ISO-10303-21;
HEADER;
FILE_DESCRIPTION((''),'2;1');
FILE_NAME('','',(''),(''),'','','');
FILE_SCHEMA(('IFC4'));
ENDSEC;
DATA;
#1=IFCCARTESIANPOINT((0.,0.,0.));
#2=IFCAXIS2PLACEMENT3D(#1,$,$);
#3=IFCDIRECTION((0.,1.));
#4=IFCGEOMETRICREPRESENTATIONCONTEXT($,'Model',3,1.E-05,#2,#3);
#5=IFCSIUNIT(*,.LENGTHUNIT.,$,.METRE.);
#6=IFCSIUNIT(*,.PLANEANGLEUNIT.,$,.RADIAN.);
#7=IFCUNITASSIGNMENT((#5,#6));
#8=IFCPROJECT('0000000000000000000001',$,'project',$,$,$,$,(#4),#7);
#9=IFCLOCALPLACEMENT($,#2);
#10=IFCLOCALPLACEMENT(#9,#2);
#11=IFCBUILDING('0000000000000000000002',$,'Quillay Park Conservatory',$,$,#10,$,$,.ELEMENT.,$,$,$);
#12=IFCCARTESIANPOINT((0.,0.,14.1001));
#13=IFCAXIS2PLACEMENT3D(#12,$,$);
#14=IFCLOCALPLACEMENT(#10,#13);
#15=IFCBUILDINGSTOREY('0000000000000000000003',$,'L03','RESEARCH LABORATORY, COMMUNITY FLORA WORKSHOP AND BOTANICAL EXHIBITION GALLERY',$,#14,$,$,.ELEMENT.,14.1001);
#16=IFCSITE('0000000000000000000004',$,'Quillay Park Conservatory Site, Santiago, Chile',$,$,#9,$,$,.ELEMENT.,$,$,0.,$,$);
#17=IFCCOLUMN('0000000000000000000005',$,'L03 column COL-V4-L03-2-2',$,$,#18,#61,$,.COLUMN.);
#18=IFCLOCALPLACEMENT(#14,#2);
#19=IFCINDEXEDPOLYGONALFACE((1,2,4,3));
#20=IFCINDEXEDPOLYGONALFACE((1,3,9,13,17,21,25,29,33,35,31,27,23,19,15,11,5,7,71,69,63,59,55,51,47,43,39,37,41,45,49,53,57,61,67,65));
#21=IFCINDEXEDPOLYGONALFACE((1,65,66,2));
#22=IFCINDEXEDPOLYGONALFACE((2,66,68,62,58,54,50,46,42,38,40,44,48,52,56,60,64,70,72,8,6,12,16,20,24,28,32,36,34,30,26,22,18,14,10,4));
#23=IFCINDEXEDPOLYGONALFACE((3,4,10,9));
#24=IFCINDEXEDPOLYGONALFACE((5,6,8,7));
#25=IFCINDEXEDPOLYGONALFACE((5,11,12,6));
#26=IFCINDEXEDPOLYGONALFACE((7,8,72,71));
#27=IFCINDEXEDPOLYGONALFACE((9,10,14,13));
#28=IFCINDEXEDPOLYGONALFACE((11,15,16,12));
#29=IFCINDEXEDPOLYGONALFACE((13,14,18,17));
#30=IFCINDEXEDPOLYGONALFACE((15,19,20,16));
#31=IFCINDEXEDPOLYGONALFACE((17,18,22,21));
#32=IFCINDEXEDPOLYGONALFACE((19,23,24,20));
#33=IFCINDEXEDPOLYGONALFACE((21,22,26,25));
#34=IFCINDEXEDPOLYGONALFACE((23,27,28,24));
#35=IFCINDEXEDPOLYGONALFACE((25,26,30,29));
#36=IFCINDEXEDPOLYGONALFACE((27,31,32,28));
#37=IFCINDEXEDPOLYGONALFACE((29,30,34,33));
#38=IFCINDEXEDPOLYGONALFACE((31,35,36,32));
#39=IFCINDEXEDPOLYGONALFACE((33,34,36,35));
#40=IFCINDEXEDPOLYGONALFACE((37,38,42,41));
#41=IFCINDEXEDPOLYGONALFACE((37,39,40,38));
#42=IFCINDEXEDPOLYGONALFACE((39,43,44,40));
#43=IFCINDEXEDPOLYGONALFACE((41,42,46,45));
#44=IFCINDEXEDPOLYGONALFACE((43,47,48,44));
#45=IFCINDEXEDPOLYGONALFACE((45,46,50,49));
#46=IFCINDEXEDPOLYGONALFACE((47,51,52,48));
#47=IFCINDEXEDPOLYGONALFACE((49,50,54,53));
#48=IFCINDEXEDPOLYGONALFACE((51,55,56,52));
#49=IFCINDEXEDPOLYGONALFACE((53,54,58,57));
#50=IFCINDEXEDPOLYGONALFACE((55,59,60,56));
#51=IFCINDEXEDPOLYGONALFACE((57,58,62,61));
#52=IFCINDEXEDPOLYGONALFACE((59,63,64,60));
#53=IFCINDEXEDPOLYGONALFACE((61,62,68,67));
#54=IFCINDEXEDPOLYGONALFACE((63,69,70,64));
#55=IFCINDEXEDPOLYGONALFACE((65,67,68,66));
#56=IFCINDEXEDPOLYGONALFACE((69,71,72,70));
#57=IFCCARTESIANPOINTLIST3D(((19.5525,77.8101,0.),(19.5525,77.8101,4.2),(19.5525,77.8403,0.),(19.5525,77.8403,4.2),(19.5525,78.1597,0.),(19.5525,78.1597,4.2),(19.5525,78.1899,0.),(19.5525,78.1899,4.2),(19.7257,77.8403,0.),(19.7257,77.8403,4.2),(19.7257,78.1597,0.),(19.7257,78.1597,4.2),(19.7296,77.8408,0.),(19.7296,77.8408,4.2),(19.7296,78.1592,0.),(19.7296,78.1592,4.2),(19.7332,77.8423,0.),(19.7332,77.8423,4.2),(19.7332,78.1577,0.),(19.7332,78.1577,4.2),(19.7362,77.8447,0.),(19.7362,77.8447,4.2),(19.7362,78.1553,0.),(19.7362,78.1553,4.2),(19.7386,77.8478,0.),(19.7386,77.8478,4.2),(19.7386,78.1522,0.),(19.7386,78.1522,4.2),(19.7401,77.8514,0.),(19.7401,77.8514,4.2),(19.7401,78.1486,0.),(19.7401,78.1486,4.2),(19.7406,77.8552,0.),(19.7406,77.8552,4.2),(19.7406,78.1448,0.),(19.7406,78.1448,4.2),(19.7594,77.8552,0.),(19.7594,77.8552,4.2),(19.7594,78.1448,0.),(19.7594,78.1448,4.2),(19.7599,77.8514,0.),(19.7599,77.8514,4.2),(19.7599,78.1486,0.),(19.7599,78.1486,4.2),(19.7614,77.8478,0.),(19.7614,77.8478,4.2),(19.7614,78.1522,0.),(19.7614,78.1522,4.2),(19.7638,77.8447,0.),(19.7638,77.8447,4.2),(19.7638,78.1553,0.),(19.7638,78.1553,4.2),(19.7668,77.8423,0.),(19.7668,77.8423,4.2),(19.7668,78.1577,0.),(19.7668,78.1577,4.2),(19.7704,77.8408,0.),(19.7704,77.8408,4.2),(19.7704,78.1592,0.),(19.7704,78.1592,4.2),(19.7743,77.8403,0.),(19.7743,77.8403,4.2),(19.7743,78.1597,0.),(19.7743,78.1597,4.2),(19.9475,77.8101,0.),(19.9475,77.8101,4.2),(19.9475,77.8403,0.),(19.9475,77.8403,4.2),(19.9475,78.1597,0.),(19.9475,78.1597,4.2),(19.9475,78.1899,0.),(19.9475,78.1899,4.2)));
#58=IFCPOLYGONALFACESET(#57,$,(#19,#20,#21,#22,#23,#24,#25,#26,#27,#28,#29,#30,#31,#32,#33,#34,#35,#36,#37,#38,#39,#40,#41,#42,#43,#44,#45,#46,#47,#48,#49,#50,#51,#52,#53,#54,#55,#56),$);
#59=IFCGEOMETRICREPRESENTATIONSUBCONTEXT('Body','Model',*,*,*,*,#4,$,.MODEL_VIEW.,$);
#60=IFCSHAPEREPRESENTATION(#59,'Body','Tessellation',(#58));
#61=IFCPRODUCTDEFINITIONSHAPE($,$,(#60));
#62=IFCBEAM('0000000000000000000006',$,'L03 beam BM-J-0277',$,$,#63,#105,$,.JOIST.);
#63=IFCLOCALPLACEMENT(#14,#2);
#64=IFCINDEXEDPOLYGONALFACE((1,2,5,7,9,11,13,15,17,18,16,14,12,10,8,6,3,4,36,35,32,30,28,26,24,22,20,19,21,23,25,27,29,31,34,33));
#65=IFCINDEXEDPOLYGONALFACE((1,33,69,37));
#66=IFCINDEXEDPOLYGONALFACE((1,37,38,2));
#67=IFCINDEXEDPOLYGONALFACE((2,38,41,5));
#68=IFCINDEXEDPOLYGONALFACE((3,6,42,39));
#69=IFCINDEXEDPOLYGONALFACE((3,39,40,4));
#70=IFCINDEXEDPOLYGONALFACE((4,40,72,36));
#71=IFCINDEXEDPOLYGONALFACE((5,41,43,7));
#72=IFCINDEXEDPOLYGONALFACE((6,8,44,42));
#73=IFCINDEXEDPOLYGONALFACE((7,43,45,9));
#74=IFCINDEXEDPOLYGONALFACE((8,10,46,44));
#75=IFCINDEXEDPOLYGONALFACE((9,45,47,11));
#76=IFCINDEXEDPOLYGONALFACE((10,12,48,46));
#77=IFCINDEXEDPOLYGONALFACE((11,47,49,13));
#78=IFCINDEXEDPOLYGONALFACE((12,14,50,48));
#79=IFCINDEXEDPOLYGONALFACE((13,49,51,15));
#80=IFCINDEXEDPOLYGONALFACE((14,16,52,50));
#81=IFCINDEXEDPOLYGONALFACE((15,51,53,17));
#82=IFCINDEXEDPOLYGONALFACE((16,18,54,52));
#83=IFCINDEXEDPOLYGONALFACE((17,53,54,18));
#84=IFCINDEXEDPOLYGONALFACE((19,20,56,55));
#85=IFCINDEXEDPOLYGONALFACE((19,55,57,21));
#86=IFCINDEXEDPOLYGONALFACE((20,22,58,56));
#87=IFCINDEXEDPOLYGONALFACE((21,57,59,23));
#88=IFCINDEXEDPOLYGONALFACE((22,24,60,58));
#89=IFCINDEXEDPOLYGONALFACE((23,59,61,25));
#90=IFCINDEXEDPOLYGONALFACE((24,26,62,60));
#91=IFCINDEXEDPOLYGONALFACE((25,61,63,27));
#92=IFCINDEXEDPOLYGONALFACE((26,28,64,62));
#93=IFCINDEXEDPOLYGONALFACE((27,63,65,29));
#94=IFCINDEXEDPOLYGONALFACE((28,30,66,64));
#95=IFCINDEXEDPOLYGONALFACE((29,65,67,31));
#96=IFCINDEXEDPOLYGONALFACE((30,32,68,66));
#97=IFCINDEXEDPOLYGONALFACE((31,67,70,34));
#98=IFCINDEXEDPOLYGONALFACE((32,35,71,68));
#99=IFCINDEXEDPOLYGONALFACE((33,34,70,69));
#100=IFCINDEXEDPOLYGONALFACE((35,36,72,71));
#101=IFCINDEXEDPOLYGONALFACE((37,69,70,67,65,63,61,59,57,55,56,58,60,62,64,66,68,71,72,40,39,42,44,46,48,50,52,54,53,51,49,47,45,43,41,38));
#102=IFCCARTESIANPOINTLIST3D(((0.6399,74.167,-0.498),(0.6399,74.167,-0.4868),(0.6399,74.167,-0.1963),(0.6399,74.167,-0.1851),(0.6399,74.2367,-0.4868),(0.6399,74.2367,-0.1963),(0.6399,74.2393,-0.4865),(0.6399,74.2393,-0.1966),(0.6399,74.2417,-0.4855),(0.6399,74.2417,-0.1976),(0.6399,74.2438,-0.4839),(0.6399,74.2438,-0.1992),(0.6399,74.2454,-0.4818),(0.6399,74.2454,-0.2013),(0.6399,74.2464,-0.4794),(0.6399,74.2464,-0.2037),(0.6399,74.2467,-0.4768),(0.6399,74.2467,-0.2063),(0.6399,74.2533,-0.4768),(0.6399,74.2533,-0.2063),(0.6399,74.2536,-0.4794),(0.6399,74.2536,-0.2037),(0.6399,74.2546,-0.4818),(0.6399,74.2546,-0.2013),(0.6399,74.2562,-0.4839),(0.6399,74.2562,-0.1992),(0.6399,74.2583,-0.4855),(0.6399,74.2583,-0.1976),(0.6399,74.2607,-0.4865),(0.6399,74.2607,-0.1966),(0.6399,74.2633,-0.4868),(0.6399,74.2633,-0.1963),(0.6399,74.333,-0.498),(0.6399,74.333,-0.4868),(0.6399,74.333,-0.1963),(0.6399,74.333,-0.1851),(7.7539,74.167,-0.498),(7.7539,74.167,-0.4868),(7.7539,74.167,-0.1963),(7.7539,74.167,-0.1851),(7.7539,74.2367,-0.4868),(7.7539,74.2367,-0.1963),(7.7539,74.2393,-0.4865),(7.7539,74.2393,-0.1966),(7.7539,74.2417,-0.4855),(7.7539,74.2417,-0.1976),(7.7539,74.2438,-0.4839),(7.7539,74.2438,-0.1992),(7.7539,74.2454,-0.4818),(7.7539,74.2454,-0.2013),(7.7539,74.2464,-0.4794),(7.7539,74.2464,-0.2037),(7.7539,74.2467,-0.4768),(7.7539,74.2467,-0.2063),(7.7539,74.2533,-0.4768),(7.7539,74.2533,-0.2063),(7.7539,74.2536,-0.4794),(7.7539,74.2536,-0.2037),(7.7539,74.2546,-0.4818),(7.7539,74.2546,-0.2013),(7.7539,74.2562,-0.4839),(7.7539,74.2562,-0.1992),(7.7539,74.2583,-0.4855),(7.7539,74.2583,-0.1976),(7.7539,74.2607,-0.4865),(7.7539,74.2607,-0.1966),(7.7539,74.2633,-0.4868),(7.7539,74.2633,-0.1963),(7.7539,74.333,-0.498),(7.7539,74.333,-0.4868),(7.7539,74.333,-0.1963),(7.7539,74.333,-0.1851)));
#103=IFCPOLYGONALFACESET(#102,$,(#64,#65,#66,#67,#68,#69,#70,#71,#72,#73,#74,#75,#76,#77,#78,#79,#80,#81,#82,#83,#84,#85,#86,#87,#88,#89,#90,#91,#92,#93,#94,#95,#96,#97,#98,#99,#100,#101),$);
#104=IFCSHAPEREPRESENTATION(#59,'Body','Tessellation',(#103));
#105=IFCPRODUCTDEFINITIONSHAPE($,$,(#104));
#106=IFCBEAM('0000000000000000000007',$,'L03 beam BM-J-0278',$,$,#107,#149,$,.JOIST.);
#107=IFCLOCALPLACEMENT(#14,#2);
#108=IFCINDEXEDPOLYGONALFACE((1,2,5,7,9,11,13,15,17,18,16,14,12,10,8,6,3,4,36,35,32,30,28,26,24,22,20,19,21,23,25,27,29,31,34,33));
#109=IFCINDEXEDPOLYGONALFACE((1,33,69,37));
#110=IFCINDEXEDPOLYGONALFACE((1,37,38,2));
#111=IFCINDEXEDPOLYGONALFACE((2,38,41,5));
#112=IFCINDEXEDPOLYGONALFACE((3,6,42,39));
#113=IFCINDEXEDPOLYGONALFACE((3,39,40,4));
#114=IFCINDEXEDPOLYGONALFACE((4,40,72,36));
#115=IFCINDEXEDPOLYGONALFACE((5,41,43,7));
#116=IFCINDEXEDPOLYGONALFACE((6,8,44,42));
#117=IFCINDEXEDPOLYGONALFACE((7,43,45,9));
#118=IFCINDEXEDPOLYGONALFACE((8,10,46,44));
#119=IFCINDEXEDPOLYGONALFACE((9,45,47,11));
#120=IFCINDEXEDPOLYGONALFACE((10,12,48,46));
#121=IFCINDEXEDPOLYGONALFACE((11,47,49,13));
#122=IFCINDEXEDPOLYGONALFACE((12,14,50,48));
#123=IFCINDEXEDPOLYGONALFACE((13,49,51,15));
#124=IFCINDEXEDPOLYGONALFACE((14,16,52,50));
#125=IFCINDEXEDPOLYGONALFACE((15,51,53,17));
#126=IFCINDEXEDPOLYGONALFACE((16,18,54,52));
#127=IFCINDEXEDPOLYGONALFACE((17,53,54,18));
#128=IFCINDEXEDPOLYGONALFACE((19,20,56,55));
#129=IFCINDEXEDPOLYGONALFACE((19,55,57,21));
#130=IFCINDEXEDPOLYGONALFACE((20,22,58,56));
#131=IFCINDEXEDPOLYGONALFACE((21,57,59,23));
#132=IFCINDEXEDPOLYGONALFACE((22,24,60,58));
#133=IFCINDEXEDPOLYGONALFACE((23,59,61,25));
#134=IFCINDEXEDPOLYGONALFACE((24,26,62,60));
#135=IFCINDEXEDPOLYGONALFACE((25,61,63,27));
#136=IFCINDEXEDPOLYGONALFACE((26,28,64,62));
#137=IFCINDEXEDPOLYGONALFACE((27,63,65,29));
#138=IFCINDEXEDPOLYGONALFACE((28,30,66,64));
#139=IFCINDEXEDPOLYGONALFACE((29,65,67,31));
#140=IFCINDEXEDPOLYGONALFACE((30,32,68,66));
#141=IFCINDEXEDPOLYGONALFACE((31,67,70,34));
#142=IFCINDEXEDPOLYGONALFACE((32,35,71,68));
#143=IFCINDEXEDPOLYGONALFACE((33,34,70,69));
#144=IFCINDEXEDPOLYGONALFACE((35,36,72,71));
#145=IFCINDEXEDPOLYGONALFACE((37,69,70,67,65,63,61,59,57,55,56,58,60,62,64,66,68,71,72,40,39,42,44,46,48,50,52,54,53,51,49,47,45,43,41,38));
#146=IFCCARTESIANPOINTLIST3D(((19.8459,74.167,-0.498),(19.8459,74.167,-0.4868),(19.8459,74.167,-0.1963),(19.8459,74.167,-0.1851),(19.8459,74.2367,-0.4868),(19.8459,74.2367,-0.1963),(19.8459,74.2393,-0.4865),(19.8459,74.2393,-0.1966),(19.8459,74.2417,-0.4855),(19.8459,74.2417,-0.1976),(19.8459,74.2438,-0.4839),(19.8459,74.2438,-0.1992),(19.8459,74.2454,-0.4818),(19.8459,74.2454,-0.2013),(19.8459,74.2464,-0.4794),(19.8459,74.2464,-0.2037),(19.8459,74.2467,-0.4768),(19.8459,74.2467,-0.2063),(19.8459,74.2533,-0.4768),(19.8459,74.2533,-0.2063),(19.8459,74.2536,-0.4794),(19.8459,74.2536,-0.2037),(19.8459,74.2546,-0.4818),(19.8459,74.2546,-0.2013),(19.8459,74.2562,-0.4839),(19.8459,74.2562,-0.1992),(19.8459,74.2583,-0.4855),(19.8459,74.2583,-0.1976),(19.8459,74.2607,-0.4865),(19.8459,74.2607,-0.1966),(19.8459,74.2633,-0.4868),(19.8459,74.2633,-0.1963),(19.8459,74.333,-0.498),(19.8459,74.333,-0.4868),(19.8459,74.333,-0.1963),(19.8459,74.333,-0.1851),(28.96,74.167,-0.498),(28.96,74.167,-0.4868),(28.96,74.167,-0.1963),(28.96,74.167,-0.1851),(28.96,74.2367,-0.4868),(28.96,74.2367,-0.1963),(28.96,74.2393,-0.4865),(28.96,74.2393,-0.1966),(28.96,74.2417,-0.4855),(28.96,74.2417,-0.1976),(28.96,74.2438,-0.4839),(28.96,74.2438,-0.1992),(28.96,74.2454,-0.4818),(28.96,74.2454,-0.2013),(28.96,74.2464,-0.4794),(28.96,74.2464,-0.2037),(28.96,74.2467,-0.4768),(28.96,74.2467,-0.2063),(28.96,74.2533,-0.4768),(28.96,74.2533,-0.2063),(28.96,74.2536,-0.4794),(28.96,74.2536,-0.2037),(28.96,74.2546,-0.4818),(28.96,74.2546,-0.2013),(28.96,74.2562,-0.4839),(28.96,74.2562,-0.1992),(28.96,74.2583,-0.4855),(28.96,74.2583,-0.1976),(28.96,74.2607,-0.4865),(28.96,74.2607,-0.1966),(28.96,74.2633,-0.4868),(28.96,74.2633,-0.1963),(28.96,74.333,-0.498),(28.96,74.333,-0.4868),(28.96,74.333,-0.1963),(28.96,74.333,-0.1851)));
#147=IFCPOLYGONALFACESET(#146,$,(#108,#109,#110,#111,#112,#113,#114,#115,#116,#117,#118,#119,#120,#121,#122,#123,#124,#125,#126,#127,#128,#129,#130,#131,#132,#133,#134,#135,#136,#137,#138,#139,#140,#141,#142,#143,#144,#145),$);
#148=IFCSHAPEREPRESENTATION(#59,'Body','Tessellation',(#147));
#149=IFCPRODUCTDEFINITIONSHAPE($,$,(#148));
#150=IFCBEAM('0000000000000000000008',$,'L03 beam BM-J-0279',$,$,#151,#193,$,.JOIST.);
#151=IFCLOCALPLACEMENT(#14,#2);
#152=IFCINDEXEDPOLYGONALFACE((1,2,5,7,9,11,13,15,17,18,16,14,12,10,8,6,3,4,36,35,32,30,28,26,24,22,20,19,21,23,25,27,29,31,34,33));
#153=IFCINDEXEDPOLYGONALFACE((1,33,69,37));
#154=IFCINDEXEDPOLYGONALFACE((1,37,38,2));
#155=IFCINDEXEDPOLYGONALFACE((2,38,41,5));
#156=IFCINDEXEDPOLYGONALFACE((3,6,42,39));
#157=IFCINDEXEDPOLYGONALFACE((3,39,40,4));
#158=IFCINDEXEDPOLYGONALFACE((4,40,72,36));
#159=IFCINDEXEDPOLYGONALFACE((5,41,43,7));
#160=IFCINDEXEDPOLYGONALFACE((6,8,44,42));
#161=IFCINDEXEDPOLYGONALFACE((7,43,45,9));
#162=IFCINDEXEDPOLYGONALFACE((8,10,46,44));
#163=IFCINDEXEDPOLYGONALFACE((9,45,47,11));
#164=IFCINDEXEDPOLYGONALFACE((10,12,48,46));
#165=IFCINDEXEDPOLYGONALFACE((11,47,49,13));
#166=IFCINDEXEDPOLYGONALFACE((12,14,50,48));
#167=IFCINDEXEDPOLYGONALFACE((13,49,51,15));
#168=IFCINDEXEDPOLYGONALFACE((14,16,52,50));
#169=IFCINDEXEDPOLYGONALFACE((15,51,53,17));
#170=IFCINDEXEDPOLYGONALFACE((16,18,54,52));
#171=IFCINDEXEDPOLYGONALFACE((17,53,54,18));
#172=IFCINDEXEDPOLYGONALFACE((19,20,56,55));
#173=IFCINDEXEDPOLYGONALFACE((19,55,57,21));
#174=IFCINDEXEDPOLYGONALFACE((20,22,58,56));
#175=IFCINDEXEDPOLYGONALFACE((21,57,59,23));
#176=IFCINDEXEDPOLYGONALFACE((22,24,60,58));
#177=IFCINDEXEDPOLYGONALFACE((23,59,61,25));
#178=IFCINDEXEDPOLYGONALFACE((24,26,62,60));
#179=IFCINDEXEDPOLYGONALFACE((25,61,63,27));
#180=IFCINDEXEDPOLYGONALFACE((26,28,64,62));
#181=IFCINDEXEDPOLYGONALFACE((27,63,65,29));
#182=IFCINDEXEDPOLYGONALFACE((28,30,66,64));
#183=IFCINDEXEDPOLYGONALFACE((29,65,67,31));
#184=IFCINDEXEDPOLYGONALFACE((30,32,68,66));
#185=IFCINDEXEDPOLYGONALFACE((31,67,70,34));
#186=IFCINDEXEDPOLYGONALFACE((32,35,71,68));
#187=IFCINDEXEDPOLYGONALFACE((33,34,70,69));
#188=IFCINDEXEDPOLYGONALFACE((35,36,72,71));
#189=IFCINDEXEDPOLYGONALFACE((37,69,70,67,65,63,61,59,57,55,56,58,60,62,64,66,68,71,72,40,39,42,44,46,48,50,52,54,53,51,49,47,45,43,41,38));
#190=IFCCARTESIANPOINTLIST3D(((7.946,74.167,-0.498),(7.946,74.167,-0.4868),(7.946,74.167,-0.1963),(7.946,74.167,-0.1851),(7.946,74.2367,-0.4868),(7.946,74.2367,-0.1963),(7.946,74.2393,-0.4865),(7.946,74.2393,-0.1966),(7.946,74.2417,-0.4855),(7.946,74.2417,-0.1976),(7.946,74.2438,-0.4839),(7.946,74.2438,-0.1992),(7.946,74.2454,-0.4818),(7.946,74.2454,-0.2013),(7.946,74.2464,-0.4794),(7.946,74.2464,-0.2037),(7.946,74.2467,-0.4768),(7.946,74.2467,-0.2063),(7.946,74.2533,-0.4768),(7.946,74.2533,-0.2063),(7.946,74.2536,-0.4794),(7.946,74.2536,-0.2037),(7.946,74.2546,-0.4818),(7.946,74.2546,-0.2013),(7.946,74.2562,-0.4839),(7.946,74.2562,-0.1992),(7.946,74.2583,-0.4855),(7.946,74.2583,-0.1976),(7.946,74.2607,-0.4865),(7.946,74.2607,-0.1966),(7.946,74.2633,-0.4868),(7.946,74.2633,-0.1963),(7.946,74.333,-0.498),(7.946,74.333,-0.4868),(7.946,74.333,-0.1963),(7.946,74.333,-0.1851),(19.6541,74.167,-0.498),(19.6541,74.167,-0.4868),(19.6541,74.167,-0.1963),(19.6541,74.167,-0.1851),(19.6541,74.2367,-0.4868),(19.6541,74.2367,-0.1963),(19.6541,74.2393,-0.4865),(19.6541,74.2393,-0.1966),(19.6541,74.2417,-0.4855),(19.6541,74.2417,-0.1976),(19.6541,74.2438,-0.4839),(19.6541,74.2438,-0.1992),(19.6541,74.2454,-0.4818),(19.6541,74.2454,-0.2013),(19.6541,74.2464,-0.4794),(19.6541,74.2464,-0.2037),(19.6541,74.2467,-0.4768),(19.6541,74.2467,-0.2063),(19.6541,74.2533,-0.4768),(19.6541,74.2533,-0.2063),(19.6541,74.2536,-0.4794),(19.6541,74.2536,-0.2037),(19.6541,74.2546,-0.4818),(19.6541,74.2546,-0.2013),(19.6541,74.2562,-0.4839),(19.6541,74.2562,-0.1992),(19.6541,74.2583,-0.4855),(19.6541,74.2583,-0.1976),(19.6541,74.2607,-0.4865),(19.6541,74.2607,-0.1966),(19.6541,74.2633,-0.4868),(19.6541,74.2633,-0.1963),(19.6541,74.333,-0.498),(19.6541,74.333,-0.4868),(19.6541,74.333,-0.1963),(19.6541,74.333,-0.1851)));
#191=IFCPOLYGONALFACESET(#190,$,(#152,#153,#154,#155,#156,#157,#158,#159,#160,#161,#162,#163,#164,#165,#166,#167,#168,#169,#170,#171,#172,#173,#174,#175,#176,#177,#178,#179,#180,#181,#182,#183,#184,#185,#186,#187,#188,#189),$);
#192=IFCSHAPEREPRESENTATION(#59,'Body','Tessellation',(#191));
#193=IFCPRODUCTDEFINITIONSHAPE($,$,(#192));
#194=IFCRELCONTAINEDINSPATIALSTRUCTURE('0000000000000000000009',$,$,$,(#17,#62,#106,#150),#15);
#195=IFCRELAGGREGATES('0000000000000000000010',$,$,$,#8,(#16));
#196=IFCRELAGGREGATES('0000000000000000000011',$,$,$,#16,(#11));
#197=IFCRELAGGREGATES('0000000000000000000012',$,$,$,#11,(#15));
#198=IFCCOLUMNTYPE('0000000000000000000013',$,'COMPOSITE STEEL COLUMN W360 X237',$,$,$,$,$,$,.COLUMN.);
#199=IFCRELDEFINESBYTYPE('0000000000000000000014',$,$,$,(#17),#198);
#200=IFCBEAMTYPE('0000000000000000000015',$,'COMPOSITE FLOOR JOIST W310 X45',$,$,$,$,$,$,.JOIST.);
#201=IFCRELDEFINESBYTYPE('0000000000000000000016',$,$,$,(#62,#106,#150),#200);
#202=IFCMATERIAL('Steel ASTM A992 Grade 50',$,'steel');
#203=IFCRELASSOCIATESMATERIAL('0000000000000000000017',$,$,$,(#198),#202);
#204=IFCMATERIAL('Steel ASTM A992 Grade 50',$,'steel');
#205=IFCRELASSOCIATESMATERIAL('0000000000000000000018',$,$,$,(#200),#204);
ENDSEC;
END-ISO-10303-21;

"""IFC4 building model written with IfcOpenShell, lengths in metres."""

from ifc_helpers import new_model, si_unit, direction, frame, origin, origin_2d, place, context, subcontext, project, spatial, i_section, extrude, material, material_profile, profile_set, type_object, element, save


model = new_model("IFC4")

# Units and contexts
model_context = context("Model", 3, precision=1e-05, world=origin(), true_north=direction((0.0, 1.0)))
body_context = subcontext(model_context, "Body", "Model", "MODEL_VIEW")
ifc_project = project(units=[si_unit("LENGTHUNIT", "METRE"), si_unit("PLANEANGLEUNIT", "RADIAN")], contexts=[model_context])

# Site, building, storey
site_placement = place(None, origin())
site = spatial("IfcSite", under=ifc_project, at=site_placement, Name="Quillay Park Conservatory Site, Santiago, Chile", CompositionType="ELEMENT", RefElevation=0.0)
building_placement = place(site_placement, origin())
building = spatial("IfcBuilding", under=site, at=building_placement, Name="Quillay Park Conservatory", CompositionType="ELEMENT")
storey_placement = place(building_placement, frame((0.0, 0.0, 14.1001)))
storey = spatial("IfcBuildingStorey", under=building, at=storey_placement, Name="L03", Description="RESEARCH LABORATORY, COMMUNITY FLORA WORKSHOP AND BOTANICAL EXHIBITION GALLERY", CompositionType="ELEMENT", Elevation=14.1001)

# Column
ifc_material_1 = material(Name="Steel ASTM A992 Grade 50", Category="steel")
ifc_material_profile_1 = material_profile(ifc_material_1, i_section(OverallWidth=0.395, OverallDepth=0.3799, WebThickness=0.0188, FlangeThickness=0.0303, FilletRadius=0.0149, at=origin_2d()), Name="W360x237")
ifc_profile_set_1 = profile_set([ifc_material_profile_1], Name="Steel ASTM A992 Grade 50")
column_type = type_object("IfcColumnType", Name="COMPOSITE STEEL COLUMN W360 X237", PredefinedType="COLUMN", material=ifc_profile_set_1)
for number, where, z_axis, x_axis, name in (
    (1, (19.75, 78.0, 0.0), (0.0, 0.0, 1.0), (1.0, 0.0, 0.0), "L03 column COL-V4-L03-2-2"),
):
    element("IfcColumn", number, at=place(storey_placement, frame(where, z_axis=z_axis, x_axis=x_axis)), inside=storey, type_object=column_type, Name=name, PredefinedType="COLUMN", context=body_context, shape_type="SweptSolid", body=[
        extrude(i_section(OverallWidth=0.395, OverallDepth=0.3799, WebThickness=0.0188, FlangeThickness=0.0303, FilletRadius=0.0149, at=origin_2d()), origin(), (0.0, 0.0, 1.0), 4.2),
    ])

# Beams
ifc_material_2 = material(Name="Steel ASTM A992 Grade 50", Category="steel")
ifc_material_profile_2 = material_profile(ifc_material_2, i_section(OverallWidth=0.166, OverallDepth=0.313, WebThickness=0.0066, FlangeThickness=0.0112, FilletRadius=0.01, at=origin_2d()), Name="W310x45")
ifc_profile_set_2 = profile_set([ifc_material_profile_2], Name="Steel ASTM A992 Grade 50")
beam_type_1 = type_object("IfcBeamType", Name="COMPOSITE FLOOR JOIST W310 X45", PredefinedType="JOIST", material=ifc_profile_set_2)
beam_1_placement = place(storey_placement, frame((0.6399, 74.25, -0.3416), z_axis=(1.0, 0.0, 0.0), x_axis=(0.0, 1.0, 0.0)))
element("IfcBeam", 2, at=beam_1_placement, inside=storey, type_object=beam_type_1, Name="L03 beam BM-J-0277", PredefinedType="JOIST", context=body_context, shape_type="SweptSolid", body=[
    extrude(i_section(OverallWidth=0.166, OverallDepth=0.313, WebThickness=0.0066, FlangeThickness=0.0112, FilletRadius=0.01, at=origin_2d()), origin(), (0.0, 0.0, 1.0), 7.114),
])
beam_2_placement = place(storey_placement, frame((19.8459, 74.25, -0.3416), z_axis=(1.0, 0.0, 0.0), x_axis=(0.0, 1.0, 0.0)))
element("IfcBeam", 3, at=beam_2_placement, inside=storey, type_object=beam_type_1, Name="L03 beam BM-J-0278", PredefinedType="JOIST", context=body_context, shape_type="SweptSolid", body=[
    extrude(i_section(OverallWidth=0.166, OverallDepth=0.313, WebThickness=0.0066, FlangeThickness=0.0112, FilletRadius=0.01, at=origin_2d()), origin(), (0.0, 0.0, 1.0), 9.114),
])
beam_3_placement = place(storey_placement, frame((7.946, 74.25, -0.3416), z_axis=(1.0, 0.0, 0.0), x_axis=(0.0, 1.0, 0.0)))
element("IfcBeam", 4, at=beam_3_placement, inside=storey, type_object=beam_type_1, Name="L03 beam BM-J-0279", PredefinedType="JOIST", context=body_context, shape_type="SweptSolid", body=[
    extrude(i_section(OverallWidth=0.166, OverallDepth=0.313, WebThickness=0.0066, FlangeThickness=0.0112, FilletRadius=0.01, at=origin_2d()), origin(), (0.0, 0.0, 1.0), 11.708),
])

save(model, "model.ifc")
